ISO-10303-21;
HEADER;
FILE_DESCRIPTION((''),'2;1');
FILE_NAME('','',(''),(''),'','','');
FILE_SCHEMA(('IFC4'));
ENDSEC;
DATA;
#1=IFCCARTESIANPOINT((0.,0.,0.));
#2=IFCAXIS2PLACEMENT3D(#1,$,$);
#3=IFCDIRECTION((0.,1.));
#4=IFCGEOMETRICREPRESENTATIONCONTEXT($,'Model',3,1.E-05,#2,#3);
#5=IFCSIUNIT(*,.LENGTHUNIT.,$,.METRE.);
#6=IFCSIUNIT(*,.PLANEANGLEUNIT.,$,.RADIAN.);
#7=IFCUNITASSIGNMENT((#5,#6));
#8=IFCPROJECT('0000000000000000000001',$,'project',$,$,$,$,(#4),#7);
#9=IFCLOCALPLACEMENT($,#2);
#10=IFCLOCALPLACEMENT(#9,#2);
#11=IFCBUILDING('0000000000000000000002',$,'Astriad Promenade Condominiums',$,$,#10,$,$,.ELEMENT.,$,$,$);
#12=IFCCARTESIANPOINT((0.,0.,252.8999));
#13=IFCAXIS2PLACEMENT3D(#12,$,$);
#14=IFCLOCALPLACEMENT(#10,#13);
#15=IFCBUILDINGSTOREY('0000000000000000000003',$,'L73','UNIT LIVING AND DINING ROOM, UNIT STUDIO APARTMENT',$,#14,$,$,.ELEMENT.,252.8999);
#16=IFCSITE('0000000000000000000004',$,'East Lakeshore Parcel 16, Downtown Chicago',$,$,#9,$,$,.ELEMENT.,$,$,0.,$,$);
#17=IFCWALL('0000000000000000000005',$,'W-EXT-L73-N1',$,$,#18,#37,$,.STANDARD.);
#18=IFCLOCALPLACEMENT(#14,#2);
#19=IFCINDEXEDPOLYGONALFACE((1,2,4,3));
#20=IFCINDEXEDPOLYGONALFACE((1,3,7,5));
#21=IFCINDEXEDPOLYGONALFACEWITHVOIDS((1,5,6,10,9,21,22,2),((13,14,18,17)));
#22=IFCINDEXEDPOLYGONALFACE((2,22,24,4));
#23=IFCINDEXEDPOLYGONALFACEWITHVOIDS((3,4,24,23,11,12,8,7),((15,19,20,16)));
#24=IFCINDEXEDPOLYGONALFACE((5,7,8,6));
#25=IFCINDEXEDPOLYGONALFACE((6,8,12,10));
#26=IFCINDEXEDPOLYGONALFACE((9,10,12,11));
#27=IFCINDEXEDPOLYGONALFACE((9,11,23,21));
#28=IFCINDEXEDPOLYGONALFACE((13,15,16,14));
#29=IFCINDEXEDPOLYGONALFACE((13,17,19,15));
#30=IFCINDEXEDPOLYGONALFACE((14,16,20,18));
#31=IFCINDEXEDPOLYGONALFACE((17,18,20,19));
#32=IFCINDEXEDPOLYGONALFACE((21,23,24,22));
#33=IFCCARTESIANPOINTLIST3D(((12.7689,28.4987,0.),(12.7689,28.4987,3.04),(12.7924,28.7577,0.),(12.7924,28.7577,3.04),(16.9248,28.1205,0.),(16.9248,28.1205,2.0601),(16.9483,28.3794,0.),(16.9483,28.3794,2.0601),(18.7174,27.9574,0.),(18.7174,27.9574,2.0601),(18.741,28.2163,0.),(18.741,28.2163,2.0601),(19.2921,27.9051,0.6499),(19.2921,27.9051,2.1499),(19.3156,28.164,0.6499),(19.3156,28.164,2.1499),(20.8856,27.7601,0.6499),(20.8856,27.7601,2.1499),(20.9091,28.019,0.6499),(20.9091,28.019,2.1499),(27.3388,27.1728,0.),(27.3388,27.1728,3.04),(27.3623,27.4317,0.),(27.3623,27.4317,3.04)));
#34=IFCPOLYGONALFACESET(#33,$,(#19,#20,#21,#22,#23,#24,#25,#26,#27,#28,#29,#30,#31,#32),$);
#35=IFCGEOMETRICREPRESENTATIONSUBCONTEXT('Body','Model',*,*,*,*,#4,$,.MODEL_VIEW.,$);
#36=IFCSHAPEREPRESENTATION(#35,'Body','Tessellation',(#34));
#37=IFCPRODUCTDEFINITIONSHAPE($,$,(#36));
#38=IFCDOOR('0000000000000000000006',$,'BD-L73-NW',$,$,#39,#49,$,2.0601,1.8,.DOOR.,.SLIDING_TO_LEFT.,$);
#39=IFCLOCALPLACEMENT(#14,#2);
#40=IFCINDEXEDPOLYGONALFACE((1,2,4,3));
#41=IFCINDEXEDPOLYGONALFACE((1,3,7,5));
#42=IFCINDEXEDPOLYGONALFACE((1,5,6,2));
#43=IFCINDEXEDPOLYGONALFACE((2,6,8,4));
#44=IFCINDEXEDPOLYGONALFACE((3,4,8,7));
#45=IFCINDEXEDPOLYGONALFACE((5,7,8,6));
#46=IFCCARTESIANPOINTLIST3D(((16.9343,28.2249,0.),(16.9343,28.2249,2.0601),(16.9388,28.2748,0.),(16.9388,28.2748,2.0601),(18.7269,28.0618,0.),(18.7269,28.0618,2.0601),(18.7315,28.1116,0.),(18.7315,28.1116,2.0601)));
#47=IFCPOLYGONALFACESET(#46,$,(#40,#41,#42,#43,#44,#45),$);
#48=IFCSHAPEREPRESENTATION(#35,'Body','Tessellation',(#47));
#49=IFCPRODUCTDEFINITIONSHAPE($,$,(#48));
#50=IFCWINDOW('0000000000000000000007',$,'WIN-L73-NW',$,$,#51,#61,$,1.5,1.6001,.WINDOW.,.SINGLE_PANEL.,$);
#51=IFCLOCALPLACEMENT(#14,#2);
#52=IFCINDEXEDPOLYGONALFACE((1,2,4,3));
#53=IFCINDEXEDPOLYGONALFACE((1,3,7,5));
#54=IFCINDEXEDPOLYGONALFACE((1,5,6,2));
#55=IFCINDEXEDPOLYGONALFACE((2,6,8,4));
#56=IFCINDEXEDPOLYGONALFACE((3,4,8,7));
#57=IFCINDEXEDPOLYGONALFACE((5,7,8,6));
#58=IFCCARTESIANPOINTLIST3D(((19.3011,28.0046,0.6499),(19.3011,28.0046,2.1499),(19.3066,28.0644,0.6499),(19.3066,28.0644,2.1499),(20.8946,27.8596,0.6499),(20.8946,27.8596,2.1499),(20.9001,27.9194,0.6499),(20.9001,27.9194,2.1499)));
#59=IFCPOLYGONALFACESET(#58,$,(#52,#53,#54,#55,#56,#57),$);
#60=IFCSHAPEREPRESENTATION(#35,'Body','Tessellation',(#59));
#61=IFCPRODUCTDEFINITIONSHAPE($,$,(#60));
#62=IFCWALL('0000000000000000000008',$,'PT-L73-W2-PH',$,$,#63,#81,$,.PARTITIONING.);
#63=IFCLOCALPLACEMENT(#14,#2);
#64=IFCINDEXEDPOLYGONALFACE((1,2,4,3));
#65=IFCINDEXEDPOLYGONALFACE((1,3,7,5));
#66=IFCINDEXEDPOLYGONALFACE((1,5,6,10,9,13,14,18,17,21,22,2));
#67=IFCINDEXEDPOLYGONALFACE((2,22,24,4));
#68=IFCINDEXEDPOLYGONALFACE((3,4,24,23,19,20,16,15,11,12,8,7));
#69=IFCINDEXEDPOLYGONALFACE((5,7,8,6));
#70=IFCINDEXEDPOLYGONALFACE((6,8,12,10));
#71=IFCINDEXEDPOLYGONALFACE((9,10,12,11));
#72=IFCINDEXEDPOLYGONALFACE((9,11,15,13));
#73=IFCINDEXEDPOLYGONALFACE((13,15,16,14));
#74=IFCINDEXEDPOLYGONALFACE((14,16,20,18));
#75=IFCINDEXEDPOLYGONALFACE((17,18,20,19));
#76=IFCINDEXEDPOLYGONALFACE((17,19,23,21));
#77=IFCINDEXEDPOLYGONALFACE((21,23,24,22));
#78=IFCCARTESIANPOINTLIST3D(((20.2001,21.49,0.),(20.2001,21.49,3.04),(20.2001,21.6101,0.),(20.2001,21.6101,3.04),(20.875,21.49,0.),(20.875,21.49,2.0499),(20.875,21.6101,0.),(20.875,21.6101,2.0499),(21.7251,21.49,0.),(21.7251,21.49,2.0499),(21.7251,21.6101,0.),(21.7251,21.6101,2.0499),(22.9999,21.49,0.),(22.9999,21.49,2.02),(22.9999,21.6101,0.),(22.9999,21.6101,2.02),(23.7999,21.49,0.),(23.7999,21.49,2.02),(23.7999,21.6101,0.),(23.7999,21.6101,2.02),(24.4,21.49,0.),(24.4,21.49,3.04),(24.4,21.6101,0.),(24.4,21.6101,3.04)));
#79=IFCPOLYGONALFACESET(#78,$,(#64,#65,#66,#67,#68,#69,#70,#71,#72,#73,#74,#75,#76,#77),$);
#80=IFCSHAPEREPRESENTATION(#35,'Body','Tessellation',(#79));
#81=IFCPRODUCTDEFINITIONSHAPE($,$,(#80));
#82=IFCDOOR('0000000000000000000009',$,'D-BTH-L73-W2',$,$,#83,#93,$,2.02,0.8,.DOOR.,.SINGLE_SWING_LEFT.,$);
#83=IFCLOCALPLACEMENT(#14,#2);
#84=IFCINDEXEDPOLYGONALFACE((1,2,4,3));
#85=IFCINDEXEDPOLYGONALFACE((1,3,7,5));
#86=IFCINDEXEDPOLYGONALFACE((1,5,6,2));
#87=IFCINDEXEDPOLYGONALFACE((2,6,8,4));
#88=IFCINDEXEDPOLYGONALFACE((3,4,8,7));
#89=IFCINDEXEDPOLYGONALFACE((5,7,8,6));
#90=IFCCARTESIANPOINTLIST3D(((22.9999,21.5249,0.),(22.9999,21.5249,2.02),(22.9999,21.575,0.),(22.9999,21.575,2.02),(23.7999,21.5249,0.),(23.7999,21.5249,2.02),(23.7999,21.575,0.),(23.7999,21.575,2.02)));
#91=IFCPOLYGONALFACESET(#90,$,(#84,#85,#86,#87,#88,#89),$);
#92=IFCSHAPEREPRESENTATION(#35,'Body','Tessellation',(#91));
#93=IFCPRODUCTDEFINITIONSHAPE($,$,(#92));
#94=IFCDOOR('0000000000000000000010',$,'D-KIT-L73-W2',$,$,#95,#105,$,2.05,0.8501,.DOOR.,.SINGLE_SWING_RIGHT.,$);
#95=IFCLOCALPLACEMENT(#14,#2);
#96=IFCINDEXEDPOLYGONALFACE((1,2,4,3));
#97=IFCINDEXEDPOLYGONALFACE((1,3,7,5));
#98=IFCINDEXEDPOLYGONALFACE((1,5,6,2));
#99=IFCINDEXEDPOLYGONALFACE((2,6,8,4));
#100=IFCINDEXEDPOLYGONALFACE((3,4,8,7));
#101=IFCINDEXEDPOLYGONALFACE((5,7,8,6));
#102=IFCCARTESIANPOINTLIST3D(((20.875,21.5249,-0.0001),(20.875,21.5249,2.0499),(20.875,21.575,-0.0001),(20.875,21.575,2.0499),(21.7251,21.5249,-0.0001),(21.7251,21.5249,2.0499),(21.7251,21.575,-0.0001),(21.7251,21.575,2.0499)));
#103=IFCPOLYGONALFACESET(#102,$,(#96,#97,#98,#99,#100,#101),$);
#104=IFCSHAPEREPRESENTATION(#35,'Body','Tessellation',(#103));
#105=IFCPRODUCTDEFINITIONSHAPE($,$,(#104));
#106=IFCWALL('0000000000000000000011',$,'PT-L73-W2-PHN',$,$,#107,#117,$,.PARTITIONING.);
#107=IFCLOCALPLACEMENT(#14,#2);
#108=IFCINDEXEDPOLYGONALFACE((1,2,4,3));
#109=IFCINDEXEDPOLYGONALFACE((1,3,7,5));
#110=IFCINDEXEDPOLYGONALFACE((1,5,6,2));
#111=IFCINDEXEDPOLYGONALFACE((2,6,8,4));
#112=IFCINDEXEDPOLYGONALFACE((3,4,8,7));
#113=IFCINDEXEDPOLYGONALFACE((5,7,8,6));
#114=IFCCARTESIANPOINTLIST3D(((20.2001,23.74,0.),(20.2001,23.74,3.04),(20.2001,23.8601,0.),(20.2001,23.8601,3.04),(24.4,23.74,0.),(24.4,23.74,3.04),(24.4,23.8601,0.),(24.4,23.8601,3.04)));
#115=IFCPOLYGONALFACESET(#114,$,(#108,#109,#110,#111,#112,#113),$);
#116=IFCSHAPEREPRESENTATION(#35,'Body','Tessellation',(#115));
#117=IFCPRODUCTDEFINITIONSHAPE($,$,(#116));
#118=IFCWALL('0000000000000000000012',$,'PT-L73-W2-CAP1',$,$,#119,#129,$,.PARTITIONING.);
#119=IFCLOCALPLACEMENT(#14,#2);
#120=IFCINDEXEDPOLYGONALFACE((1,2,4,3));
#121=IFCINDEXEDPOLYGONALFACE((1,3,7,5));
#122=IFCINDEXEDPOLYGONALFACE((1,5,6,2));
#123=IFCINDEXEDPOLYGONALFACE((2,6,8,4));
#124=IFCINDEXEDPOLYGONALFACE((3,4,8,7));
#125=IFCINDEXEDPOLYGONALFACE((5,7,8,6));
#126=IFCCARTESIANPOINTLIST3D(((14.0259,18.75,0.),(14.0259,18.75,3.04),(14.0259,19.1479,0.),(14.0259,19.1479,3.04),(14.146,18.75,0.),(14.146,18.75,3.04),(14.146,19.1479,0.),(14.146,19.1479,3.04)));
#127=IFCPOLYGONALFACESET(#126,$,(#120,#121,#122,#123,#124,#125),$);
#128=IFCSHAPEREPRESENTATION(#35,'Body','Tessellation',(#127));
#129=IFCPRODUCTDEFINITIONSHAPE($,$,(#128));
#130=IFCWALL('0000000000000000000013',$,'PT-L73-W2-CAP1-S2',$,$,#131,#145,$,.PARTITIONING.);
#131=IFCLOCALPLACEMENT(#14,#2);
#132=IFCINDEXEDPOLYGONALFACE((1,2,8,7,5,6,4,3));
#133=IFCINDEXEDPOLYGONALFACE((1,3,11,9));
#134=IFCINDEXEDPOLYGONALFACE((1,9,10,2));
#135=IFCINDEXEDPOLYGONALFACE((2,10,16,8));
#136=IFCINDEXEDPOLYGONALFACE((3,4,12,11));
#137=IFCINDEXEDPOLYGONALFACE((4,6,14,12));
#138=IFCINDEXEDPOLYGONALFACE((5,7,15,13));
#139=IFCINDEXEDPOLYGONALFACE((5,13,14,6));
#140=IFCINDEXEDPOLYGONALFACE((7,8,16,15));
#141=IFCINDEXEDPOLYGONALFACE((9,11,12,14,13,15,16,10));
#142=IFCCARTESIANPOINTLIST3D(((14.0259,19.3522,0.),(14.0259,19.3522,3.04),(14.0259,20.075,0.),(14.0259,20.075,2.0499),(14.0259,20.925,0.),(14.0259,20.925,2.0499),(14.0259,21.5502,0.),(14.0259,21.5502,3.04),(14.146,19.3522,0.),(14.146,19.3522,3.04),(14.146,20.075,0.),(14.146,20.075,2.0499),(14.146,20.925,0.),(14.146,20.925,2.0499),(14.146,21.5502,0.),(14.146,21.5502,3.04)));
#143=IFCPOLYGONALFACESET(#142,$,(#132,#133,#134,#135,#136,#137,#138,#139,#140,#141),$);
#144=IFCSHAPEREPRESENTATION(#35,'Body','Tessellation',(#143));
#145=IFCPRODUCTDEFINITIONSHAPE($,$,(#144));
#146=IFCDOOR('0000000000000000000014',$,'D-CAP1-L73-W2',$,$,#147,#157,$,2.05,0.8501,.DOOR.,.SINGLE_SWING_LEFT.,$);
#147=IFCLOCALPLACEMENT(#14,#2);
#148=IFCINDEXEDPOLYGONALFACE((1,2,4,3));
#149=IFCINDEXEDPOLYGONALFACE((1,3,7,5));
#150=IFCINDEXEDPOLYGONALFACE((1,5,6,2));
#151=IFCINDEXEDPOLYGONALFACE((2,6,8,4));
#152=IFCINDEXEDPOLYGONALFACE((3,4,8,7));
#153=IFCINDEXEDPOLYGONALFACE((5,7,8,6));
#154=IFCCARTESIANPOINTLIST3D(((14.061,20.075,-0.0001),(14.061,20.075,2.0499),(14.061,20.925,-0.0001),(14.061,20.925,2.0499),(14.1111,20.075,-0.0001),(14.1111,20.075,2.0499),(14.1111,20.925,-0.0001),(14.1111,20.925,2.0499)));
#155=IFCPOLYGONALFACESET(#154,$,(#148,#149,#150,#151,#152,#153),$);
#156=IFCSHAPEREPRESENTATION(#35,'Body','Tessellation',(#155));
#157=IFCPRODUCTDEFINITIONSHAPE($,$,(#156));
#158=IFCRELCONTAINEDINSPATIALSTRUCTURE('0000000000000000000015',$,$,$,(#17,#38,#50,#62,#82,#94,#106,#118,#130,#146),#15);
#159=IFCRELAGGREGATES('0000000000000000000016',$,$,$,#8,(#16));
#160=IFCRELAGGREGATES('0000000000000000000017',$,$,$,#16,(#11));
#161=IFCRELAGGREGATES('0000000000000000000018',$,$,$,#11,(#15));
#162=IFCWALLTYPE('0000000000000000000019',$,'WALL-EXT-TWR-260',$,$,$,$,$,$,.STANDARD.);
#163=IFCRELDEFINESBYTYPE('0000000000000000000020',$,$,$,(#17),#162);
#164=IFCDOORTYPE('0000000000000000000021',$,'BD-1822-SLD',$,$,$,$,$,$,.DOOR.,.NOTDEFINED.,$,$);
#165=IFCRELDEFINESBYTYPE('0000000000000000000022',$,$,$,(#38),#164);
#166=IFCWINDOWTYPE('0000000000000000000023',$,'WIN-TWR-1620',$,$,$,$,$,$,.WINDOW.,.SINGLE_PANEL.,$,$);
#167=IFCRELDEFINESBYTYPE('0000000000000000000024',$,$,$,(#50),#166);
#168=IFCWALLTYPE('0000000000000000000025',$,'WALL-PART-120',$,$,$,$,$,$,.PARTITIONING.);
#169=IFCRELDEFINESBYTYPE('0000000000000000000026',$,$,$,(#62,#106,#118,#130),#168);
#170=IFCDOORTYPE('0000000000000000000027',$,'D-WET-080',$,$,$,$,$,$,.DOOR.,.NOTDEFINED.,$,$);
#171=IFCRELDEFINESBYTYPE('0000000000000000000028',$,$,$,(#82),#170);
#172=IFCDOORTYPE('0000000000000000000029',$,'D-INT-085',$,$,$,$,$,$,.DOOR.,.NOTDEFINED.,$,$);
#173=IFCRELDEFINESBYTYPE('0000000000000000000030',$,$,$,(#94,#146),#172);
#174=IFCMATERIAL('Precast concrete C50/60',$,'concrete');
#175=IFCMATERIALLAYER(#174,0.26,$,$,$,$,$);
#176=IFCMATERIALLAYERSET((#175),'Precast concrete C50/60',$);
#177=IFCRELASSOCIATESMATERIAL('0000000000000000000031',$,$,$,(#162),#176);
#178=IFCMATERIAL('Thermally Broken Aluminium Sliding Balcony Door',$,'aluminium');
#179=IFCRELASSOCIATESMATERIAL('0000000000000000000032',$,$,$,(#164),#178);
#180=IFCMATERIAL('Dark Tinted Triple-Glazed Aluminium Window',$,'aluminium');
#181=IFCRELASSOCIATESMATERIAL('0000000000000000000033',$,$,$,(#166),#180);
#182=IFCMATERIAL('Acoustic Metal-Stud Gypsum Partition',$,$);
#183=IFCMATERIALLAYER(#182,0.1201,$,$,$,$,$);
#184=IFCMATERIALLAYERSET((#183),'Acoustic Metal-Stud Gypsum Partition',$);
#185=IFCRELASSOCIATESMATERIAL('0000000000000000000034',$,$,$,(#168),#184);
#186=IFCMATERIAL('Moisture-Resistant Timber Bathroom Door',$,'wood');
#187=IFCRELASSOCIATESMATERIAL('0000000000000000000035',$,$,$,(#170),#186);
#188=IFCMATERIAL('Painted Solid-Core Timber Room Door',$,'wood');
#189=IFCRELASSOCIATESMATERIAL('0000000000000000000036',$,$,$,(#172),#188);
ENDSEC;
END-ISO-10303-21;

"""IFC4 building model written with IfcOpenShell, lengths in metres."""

from ifc_helpers import new_model, si_unit, direction, frame, frame_2d, origin, place, context, subcontext, project, spatial, rectangle, extrude, source, transform, mapped, material, layer, layer_set, type_object, type_shapes, element, fill, save


model = new_model("IFC4")

# Units and contexts
model_context = context("Model", 3, precision=1e-05, world=origin(), true_north=direction((0.0, 1.0)))
body_context = subcontext(model_context, "Body", "Model", "MODEL_VIEW")
ifc_project = project(units=[si_unit("LENGTHUNIT", "METRE"), si_unit("PLANEANGLEUNIT", "RADIAN")], contexts=[model_context])

# Site, building, storey
site_placement = place(None, origin())
site = spatial("IfcSite", under=ifc_project, at=site_placement, Name="East Lakeshore Parcel 16, Downtown Chicago", CompositionType="ELEMENT", RefElevation=0.0)
building_placement = place(site_placement, origin())
building = spatial("IfcBuilding", under=site, at=building_placement, Name="Astriad Promenade Condominiums", CompositionType="ELEMENT")
storey_placement = place(building_placement, frame((0.0, 0.0, 252.8999)))
storey = spatial("IfcBuildingStorey", under=building, at=storey_placement, Name="L73", Description="UNIT LIVING AND DINING ROOM, UNIT STUDIO APARTMENT", CompositionType="ELEMENT", Elevation=252.8999)

# Shared definitions
ifc_material_1 = material(Name="Precast concrete C50/60", Category="concrete")
ifc_layer_1 = layer(ifc_material_1, 0.26)
ifc_layer_set_1 = layer_set([ifc_layer_1], Name="Precast concrete C50/60")
wall_type_1 = type_object("IfcWallType", Name="WALL-EXT-TWR-260", PredefinedType="STANDARD", material=ifc_layer_set_1)

# Wall, openings, door, window
wall_1_placement = place(storey_placement, frame((12.7808, 28.6282, 0.0), z_axis=(0.0, 0.0, 1.0), x_axis=(0.995885, -0.090631, 0.0)))
wall_1 = element("IfcWall", 1, at=wall_1_placement, inside=storey, type_object=wall_type_1, Name="W-EXT-L73-N1", PredefinedType="STANDARD", context=body_context, shape_type="SweptSolid", body=[
    extrude(rectangle(XDim=14.6301, YDim=0.26, at=frame_2d((7.3149, 0.0))), origin(), (0.0, 0.0, 1.0), 3.04),
])
opening_1_placement = place(wall_1_placement, frame((4.1731, 0.0, 0.0)))
opening_1 = element("IfcOpeningElement", 2, at=opening_1_placement, cuts=wall_1, PredefinedType="OPENING", context=body_context, shape_type="SweptSolid", body=[
    extrude(rectangle(XDim=1.8, YDim=2.0601, at=frame_2d((0.8999, 1.03))), frame((0.0, 0.1399, 0.0), z_axis=(0.0, -1.0, 0.0), x_axis=(1.0, 0.0, 0.0)), (0.0, 0.0, 1.0), 0.28),
])
opening_2_placement = place(wall_1_placement, frame((6.55, 0.0, 0.6499)))
opening_2 = element("IfcOpeningElement", 3, at=opening_2_placement, cuts=wall_1, PredefinedType="OPENING", context=body_context, shape_type="SweptSolid", body=[
    extrude(rectangle(XDim=1.6001, YDim=1.5, at=frame_2d((0.8, 0.75))), frame((0.0, 0.1399, 0.0), z_axis=(0.0, -1.0, 0.0), x_axis=(1.0, 0.0, 0.0)), (0.0, 0.0, 1.0), 0.28),
])
ifc_material_2 = material(Name="Thermally Broken Aluminium Sliding Balcony Door", Category="aluminium")
door_type_1 = type_object("IfcDoorType", Name="BD-1822-SLD", OperationType="NOTDEFINED", PredefinedType="DOOR", material=ifc_material_2)
shared_shape_1 = source(origin(), body_context, "Body", "SweptSolid", [
    extrude(rectangle(XDim=1.8, YDim=2.0601, at=frame_2d((0.8999, 1.03))), frame((0.0, 0.0249, 0.0), z_axis=(0.0, -1.0, 0.0), x_axis=(1.0, 0.0, 0.0)), (0.0, 0.0, 1.0), 0.05),
])
type_shapes(door_type_1, [shared_shape_1])
door_1_placement = place(opening_1_placement, origin())
door_1 = element("IfcDoor", 4, at=door_1_placement, inside=storey, type_object=door_type_1, Name="BD-L73-NW", OperationType="SLIDING_TO_LEFT", OverallHeight=2.0601, OverallWidth=1.8, PredefinedType="DOOR", context=body_context, shape_type="MappedRepresentation", body=[
    mapped(shared_shape_1, transform((0.0, 0.0, 0.0), scale=1.0)),
])
fill(opening_1, door_1)
ifc_material_3 = material(Name="Dark Tinted Triple-Glazed Aluminium Window", Category="aluminium")
window_type = type_object("IfcWindowType", Name="WIN-TWR-1620", PartitioningType="SINGLE_PANEL", PredefinedType="WINDOW", material=ifc_material_3)
shared_shape_2 = source(origin(), body_context, "Body", "SweptSolid", [
    extrude(rectangle(XDim=1.6001, YDim=1.5, at=frame_2d((0.8, 0.75))), frame((0.0, 0.03, 0.0), z_axis=(0.0, -1.0, 0.0), x_axis=(1.0, 0.0, 0.0)), (0.0, 0.0, 1.0), 0.0601),
])
type_shapes(window_type, [shared_shape_2])
window_placement = place(opening_2_placement, origin())
window = element("IfcWindow", 5, at=window_placement, inside=storey, type_object=window_type, Name="WIN-L73-NW", OverallHeight=1.5, OverallWidth=1.6001, PartitioningType="SINGLE_PANEL", PredefinedType="WINDOW", context=body_context, shape_type="MappedRepresentation", body=[
    mapped(shared_shape_2, transform((0.0, 0.0, 0.0), scale=1.0)),
])
fill(opening_2, window)

# Wall, openings, doors
ifc_material_4 = material(Name="Acoustic Metal-Stud Gypsum Partition")
ifc_layer_2 = layer(ifc_material_4, 0.1201)
ifc_layer_set_2 = layer_set([ifc_layer_2], Name="Acoustic Metal-Stud Gypsum Partition")
wall_type_2 = type_object("IfcWallType", Name="WALL-PART-120", PredefinedType="PARTITIONING", material=ifc_layer_set_2)
wall_2_placement = place(storey_placement, frame((20.2, 21.55, 0.0), z_axis=(0.0, 0.0, 1.0), x_axis=(1.0, 0.0, 0.0)))
wall_2 = element("IfcWall", 6, at=wall_2_placement, inside=storey, type_object=wall_type_2, Name="PT-L73-W2-PH", PredefinedType="PARTITIONING", context=body_context, shape_type="SweptSolid", body=[
    extrude(rectangle(XDim=4.2, YDim=0.1201, at=frame_2d((2.1001, 0.0))), origin(), (0.0, 0.0, 1.0), 3.04),
])
opening_3_placement = place(wall_2_placement, frame((0.675, 0.0, 0.0)))
opening_3 = element("IfcOpeningElement", 7, at=opening_3_placement, cuts=wall_2, PredefinedType="OPENING", context=body_context, shape_type="SweptSolid", body=[
    extrude(rectangle(XDim=0.8501, YDim=2.05, at=frame_2d((0.425, 1.0249))), frame((0.0, 0.0701, 0.0), z_axis=(0.0, -1.0, 0.0), x_axis=(1.0, 0.0, 0.0)), (0.0, 0.0, 1.0), 0.1401),
])
opening_4_placement = place(wall_2_placement, frame((2.8, 0.0, 0.0)))
opening_4 = element("IfcOpeningElement", 8, at=opening_4_placement, cuts=wall_2, PredefinedType="OPENING", context=body_context, shape_type="SweptSolid", body=[
    extrude(rectangle(XDim=0.8, YDim=2.02, at=frame_2d((0.3999, 1.01))), frame((0.0, 0.0701, 0.0), z_axis=(0.0, -1.0, 0.0), x_axis=(1.0, 0.0, 0.0)), (0.0, 0.0, 1.0), 0.1401),
])
ifc_material_5 = material(Name="Moisture-Resistant Timber Bathroom Door", Category="wood")
door_type_2 = type_object("IfcDoorType", Name="D-WET-080", OperationType="NOTDEFINED", PredefinedType="DOOR", material=ifc_material_5)
shared_shape_3 = source(origin(), body_context, "Body", "SweptSolid", [
    extrude(rectangle(XDim=0.8, YDim=2.02, at=frame_2d((0.3999, 1.01))), frame((0.0, 0.0249, 0.0), z_axis=(0.0, -1.0, 0.0), x_axis=(1.0, 0.0, 0.0)), (0.0, 0.0, 1.0), 0.05),
])
type_shapes(door_type_2, [shared_shape_3])
door_2_placement = place(opening_4_placement, origin())
door_2 = element("IfcDoor", 9, at=door_2_placement, inside=storey, type_object=door_type_2, Name="D-BTH-L73-W2", OperationType="SINGLE_SWING_LEFT", OverallHeight=2.02, OverallWidth=0.8, PredefinedType="DOOR", context=body_context, shape_type="MappedRepresentation", body=[
    mapped(shared_shape_3, transform((0.0, 0.0, 0.0), scale=1.0)),
])
fill(opening_4, door_2)
ifc_material_6 = material(Name="Painted Solid-Core Timber Room Door", Category="wood")
door_type_3 = type_object("IfcDoorType", Name="D-INT-085", OperationType="NOTDEFINED", PredefinedType="DOOR", material=ifc_material_6)
shared_shape_4 = source(origin(), body_context, "Body", "SweptSolid", [
    extrude(rectangle(XDim=0.8501, YDim=2.05, at=frame_2d((0.425, 1.0249))), frame((0.0, 0.0249, 0.0), z_axis=(0.0, -1.0, 0.0), x_axis=(1.0, 0.0, 0.0)), (0.0, 0.0, 1.0), 0.05),
])
type_shapes(door_type_3, [shared_shape_4])
door_3_placement = place(opening_3_placement, origin())
door_3 = element("IfcDoor", 10, at=door_3_placement, inside=storey, type_object=door_type_3, Name="D-KIT-L73-W2", OperationType="SINGLE_SWING_RIGHT", OverallHeight=2.05, OverallWidth=0.8501, PredefinedType="DOOR", context=body_context, shape_type="MappedRepresentation", body=[
    mapped(shared_shape_4, transform((0.0, 0.0, 0.0), scale=1.0)),
])
fill(opening_3, door_3)

# Walls
wall_3_placement = place(storey_placement, frame((20.2, 23.8, 0.0), z_axis=(0.0, 0.0, 1.0), x_axis=(1.0, 0.0, 0.0)))
element("IfcWall", 11, at=wall_3_placement, inside=storey, type_object=wall_type_2, Name="PT-L73-W2-PHN", PredefinedType="PARTITIONING", context=body_context, shape_type="SweptSolid", body=[
    extrude(rectangle(XDim=4.2, YDim=0.1201, at=frame_2d((2.1001, 0.0))), origin(), (0.0, 0.0, 1.0), 3.04),
])
wall_4_placement = place(storey_placement, frame((14.0859, 18.75, 0.0), z_axis=(0.0, 0.0, 1.0), x_axis=(0.0, 1.0, 0.0)))
element("IfcWall", 12, at=wall_4_placement, inside=storey, type_object=wall_type_2, Name="PT-L73-W2-CAP1", PredefinedType="PARTITIONING", context=body_context, shape_type="SweptSolid", body=[
    extrude(rectangle(XDim=0.3979, YDim=0.1201, at=frame_2d((0.199, 0.0))), origin(), (0.0, 0.0, 1.0), 3.04),
])

# Wall, opening, door
wall_5_placement = place(storey_placement, frame((14.0859, 19.3521, 0.0), z_axis=(0.0, 0.0, 1.0), x_axis=(0.0, 1.0, 0.0)))
wall_5 = element("IfcWall", 13, at=wall_5_placement, inside=storey, type_object=wall_type_2, Name="PT-L73-W2-CAP1-S2", PredefinedType="PARTITIONING", context=body_context, shape_type="SweptSolid", body=[
    extrude(rectangle(XDim=2.198, YDim=0.1201, at=frame_2d((1.0991, 0.0))), origin(), (0.0, 0.0, 1.0), 3.04),
])
opening_5_placement = place(wall_5_placement, frame((0.7229, 0.0, 0.0)))
opening_5 = element("IfcOpeningElement", 14, at=opening_5_placement, cuts=wall_5, PredefinedType="OPENING", context=body_context, shape_type="SweptSolid", body=[
    extrude(rectangle(XDim=0.8501, YDim=2.05, at=frame_2d((0.425, 1.0249))), frame((0.0, 0.0701, 0.0), z_axis=(0.0, -1.0, 0.0), x_axis=(1.0, 0.0, 0.0)), (0.0, 0.0, 1.0), 0.1401),
])
door_4_placement = place(opening_5_placement, origin())
door_4 = element("IfcDoor", 15, at=door_4_placement, inside=storey, type_object=door_type_3, Name="D-CAP1-L73-W2", OperationType="SINGLE_SWING_LEFT", OverallHeight=2.05, OverallWidth=0.8501, PredefinedType="DOOR", context=body_context, shape_type="MappedRepresentation", body=[
    mapped(shared_shape_4, transform((0.0, 0.0, 0.0), scale=1.0)),
])
fill(opening_5, door_4)

save(model, "model.ifc")
